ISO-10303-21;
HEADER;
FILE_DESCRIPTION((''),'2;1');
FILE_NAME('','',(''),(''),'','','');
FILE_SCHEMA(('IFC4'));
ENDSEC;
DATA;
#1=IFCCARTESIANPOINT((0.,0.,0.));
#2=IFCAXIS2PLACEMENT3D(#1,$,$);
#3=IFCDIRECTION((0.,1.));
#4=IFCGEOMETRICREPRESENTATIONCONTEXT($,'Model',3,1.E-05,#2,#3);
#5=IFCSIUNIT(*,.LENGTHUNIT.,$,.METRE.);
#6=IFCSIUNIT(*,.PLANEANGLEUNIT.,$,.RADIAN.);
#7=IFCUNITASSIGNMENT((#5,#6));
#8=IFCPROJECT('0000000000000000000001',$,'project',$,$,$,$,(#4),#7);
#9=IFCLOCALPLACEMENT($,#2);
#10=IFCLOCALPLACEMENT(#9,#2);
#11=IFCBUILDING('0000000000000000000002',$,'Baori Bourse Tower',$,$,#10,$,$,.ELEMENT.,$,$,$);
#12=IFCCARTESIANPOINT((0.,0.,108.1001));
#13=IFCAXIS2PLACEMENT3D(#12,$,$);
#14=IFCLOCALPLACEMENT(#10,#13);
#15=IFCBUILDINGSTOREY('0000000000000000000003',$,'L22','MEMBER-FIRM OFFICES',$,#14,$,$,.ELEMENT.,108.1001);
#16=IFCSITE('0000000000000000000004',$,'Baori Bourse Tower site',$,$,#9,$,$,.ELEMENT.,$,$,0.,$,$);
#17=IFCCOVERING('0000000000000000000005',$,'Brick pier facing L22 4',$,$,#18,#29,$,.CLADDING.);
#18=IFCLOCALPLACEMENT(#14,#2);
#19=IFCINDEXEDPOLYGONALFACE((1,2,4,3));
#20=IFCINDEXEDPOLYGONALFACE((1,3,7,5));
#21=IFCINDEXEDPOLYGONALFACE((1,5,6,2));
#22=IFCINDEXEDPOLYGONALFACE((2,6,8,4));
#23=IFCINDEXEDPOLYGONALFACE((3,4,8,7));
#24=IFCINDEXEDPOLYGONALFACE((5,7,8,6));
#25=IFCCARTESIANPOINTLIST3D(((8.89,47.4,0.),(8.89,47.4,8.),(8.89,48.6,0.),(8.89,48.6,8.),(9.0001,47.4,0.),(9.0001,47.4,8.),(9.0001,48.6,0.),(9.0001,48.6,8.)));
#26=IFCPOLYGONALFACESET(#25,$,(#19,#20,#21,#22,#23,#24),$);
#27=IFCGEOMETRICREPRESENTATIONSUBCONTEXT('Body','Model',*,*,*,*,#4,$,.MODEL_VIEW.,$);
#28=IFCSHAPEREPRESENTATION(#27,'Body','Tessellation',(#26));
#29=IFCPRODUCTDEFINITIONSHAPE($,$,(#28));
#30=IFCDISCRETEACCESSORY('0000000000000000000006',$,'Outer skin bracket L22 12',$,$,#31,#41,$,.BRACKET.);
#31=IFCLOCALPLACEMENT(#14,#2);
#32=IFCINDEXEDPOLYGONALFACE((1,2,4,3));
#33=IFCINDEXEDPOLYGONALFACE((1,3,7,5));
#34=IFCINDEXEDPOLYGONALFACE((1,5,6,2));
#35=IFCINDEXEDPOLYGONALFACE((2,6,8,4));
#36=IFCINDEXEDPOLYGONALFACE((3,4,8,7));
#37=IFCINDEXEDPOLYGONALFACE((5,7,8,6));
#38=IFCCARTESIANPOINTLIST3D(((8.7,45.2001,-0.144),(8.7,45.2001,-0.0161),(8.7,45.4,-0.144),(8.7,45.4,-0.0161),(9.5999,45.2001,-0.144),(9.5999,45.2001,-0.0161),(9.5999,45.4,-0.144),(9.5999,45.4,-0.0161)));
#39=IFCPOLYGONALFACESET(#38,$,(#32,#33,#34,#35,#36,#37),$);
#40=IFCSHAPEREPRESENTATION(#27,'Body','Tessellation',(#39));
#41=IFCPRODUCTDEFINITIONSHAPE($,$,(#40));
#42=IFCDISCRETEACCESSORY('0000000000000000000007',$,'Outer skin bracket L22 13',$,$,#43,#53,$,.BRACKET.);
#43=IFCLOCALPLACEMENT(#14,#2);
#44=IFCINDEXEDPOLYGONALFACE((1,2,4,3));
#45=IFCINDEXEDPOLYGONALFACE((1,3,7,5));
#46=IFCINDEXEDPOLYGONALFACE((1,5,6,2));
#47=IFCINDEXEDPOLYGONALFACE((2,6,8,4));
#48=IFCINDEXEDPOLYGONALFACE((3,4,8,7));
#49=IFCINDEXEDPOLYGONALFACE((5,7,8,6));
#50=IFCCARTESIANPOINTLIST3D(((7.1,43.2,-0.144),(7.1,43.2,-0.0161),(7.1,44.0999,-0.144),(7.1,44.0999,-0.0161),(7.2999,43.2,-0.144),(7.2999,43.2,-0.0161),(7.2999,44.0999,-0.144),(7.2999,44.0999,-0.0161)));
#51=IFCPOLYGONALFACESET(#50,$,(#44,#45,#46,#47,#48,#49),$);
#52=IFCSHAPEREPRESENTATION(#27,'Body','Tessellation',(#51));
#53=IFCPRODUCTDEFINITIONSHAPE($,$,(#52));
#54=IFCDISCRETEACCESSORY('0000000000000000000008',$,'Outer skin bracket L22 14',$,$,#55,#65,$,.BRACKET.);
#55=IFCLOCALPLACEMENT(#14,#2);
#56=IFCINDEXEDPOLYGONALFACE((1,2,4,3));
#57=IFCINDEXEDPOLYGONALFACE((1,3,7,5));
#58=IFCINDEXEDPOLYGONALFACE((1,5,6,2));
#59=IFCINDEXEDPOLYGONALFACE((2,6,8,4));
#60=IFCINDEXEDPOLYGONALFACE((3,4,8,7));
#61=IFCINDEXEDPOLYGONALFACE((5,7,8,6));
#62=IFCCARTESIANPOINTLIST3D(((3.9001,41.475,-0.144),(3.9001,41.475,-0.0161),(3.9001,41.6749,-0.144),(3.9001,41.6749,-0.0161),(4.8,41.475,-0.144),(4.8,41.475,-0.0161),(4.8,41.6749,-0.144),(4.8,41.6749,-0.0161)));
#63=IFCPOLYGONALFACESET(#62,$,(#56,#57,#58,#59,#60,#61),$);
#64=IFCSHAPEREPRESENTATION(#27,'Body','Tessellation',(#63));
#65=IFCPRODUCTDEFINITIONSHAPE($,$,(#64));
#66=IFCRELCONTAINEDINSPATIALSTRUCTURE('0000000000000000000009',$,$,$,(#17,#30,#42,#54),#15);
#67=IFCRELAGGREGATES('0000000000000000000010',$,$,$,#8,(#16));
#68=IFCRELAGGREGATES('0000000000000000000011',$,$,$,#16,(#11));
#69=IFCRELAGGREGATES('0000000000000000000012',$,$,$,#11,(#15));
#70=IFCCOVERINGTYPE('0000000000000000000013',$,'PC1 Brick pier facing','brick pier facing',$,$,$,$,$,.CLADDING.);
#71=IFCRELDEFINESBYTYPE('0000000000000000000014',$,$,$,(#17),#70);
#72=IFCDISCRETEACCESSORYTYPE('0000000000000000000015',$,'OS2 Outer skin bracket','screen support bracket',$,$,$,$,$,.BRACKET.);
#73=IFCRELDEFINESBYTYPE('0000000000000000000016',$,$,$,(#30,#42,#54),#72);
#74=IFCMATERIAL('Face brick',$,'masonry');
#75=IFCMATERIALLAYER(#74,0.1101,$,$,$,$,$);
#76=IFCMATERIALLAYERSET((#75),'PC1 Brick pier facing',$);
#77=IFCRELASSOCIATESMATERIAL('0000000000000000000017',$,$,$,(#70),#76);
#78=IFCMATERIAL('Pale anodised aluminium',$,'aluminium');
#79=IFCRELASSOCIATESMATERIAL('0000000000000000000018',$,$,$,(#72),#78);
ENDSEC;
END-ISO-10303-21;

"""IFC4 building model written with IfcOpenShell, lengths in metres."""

from ifc_helpers import new_model, si_unit, direction, frame, origin, origin_2d, place, context, subcontext, project, spatial, rectangle, extrude, material, layer, layer_set, type_object, element, save


model = new_model("IFC4")

# Units and contexts
model_context = context("Model", 3, precision=1e-05, world=origin(), true_north=direction((0.0, 1.0)))
body_context = subcontext(model_context, "Body", "Model", "MODEL_VIEW")
ifc_project = project(units=[si_unit("LENGTHUNIT", "METRE"), si_unit("PLANEANGLEUNIT", "RADIAN")], contexts=[model_context])

# Site, building, storey
site_placement = place(None, origin())
site = spatial("IfcSite", under=ifc_project, at=site_placement, Name="Baori Bourse Tower site", CompositionType="ELEMENT", RefElevation=0.0)
building_placement = place(site_placement, origin())
building = spatial("IfcBuilding", under=site, at=building_placement, Name="Baori Bourse Tower", CompositionType="ELEMENT")
storey_placement = place(building_placement, frame((0.0, 0.0, 108.1001)))
storey = spatial("IfcBuildingStorey", under=building, at=storey_placement, Name="L22", Description="MEMBER-FIRM OFFICES", CompositionType="ELEMENT", Elevation=108.1001)

# Covering
ifc_material_1 = material(Name="Face brick", Category="masonry")
ifc_layer_1 = layer(ifc_material_1, 0.1101)
ifc_layer_set_1 = layer_set([ifc_layer_1], Name="PC1 Brick pier facing")
covering_type = type_object("IfcCoveringType", Name="PC1 Brick pier facing", Description="brick pier facing", PredefinedType="CLADDING", material=ifc_layer_set_1)
covering_placement = place(storey_placement, frame((8.9451, 48.0, 0.0), z_axis=(0.0, 0.0, 1.0), x_axis=(1.0, 0.0, 0.0)))
element("IfcCovering", 1, at=covering_placement, inside=storey, type_object=covering_type, Name="Brick pier facing L22 4", PredefinedType="CLADDING", context=body_context, shape_type="SweptSolid", body=[
    extrude(rectangle(XDim=0.1101, YDim=1.2, at=origin_2d()), origin(), (0.0, 0.0, 1.0), 8.0),
])

# Discrete accessories
ifc_material_2 = material(Name="Pale anodised aluminium", Category="aluminium")
discrete_accessory_type = type_object("IfcDiscreteAccessoryType", Name="OS2 Outer skin bracket", Description="screen support bracket", PredefinedType="BRACKET", material=ifc_material_2)
for number, where, z_axis, x_axis, name in (
    (2, (9.1499, 45.3, -0.144), (0.0, 0.0, 1.0), (0.0, -1.0, 0.0), "Outer skin bracket L22 12"),
    (3, (7.2, 43.6499, -0.144), (0.0, 0.0, 1.0), (-1.0, 0.0, 0.0), "Outer skin bracket L22 13"),
    (4, (4.3501, 41.575, -0.144), (0.0, 0.0, 1.0), (0.0, -1.0, 0.0), "Outer skin bracket L22 14"),
):
    element("IfcDiscreteAccessory", number, at=place(storey_placement, frame(where, z_axis=z_axis, x_axis=x_axis)), inside=storey, type_object=discrete_accessory_type, Name=name, PredefinedType="BRACKET", context=body_context, shape_type="SweptSolid", body=[
        extrude(rectangle(XDim=0.2, YDim=0.8999, at=origin_2d()), origin(), (0.0, 0.0, 1.0), 0.1279),
    ])

save(model, "model.ifc")
